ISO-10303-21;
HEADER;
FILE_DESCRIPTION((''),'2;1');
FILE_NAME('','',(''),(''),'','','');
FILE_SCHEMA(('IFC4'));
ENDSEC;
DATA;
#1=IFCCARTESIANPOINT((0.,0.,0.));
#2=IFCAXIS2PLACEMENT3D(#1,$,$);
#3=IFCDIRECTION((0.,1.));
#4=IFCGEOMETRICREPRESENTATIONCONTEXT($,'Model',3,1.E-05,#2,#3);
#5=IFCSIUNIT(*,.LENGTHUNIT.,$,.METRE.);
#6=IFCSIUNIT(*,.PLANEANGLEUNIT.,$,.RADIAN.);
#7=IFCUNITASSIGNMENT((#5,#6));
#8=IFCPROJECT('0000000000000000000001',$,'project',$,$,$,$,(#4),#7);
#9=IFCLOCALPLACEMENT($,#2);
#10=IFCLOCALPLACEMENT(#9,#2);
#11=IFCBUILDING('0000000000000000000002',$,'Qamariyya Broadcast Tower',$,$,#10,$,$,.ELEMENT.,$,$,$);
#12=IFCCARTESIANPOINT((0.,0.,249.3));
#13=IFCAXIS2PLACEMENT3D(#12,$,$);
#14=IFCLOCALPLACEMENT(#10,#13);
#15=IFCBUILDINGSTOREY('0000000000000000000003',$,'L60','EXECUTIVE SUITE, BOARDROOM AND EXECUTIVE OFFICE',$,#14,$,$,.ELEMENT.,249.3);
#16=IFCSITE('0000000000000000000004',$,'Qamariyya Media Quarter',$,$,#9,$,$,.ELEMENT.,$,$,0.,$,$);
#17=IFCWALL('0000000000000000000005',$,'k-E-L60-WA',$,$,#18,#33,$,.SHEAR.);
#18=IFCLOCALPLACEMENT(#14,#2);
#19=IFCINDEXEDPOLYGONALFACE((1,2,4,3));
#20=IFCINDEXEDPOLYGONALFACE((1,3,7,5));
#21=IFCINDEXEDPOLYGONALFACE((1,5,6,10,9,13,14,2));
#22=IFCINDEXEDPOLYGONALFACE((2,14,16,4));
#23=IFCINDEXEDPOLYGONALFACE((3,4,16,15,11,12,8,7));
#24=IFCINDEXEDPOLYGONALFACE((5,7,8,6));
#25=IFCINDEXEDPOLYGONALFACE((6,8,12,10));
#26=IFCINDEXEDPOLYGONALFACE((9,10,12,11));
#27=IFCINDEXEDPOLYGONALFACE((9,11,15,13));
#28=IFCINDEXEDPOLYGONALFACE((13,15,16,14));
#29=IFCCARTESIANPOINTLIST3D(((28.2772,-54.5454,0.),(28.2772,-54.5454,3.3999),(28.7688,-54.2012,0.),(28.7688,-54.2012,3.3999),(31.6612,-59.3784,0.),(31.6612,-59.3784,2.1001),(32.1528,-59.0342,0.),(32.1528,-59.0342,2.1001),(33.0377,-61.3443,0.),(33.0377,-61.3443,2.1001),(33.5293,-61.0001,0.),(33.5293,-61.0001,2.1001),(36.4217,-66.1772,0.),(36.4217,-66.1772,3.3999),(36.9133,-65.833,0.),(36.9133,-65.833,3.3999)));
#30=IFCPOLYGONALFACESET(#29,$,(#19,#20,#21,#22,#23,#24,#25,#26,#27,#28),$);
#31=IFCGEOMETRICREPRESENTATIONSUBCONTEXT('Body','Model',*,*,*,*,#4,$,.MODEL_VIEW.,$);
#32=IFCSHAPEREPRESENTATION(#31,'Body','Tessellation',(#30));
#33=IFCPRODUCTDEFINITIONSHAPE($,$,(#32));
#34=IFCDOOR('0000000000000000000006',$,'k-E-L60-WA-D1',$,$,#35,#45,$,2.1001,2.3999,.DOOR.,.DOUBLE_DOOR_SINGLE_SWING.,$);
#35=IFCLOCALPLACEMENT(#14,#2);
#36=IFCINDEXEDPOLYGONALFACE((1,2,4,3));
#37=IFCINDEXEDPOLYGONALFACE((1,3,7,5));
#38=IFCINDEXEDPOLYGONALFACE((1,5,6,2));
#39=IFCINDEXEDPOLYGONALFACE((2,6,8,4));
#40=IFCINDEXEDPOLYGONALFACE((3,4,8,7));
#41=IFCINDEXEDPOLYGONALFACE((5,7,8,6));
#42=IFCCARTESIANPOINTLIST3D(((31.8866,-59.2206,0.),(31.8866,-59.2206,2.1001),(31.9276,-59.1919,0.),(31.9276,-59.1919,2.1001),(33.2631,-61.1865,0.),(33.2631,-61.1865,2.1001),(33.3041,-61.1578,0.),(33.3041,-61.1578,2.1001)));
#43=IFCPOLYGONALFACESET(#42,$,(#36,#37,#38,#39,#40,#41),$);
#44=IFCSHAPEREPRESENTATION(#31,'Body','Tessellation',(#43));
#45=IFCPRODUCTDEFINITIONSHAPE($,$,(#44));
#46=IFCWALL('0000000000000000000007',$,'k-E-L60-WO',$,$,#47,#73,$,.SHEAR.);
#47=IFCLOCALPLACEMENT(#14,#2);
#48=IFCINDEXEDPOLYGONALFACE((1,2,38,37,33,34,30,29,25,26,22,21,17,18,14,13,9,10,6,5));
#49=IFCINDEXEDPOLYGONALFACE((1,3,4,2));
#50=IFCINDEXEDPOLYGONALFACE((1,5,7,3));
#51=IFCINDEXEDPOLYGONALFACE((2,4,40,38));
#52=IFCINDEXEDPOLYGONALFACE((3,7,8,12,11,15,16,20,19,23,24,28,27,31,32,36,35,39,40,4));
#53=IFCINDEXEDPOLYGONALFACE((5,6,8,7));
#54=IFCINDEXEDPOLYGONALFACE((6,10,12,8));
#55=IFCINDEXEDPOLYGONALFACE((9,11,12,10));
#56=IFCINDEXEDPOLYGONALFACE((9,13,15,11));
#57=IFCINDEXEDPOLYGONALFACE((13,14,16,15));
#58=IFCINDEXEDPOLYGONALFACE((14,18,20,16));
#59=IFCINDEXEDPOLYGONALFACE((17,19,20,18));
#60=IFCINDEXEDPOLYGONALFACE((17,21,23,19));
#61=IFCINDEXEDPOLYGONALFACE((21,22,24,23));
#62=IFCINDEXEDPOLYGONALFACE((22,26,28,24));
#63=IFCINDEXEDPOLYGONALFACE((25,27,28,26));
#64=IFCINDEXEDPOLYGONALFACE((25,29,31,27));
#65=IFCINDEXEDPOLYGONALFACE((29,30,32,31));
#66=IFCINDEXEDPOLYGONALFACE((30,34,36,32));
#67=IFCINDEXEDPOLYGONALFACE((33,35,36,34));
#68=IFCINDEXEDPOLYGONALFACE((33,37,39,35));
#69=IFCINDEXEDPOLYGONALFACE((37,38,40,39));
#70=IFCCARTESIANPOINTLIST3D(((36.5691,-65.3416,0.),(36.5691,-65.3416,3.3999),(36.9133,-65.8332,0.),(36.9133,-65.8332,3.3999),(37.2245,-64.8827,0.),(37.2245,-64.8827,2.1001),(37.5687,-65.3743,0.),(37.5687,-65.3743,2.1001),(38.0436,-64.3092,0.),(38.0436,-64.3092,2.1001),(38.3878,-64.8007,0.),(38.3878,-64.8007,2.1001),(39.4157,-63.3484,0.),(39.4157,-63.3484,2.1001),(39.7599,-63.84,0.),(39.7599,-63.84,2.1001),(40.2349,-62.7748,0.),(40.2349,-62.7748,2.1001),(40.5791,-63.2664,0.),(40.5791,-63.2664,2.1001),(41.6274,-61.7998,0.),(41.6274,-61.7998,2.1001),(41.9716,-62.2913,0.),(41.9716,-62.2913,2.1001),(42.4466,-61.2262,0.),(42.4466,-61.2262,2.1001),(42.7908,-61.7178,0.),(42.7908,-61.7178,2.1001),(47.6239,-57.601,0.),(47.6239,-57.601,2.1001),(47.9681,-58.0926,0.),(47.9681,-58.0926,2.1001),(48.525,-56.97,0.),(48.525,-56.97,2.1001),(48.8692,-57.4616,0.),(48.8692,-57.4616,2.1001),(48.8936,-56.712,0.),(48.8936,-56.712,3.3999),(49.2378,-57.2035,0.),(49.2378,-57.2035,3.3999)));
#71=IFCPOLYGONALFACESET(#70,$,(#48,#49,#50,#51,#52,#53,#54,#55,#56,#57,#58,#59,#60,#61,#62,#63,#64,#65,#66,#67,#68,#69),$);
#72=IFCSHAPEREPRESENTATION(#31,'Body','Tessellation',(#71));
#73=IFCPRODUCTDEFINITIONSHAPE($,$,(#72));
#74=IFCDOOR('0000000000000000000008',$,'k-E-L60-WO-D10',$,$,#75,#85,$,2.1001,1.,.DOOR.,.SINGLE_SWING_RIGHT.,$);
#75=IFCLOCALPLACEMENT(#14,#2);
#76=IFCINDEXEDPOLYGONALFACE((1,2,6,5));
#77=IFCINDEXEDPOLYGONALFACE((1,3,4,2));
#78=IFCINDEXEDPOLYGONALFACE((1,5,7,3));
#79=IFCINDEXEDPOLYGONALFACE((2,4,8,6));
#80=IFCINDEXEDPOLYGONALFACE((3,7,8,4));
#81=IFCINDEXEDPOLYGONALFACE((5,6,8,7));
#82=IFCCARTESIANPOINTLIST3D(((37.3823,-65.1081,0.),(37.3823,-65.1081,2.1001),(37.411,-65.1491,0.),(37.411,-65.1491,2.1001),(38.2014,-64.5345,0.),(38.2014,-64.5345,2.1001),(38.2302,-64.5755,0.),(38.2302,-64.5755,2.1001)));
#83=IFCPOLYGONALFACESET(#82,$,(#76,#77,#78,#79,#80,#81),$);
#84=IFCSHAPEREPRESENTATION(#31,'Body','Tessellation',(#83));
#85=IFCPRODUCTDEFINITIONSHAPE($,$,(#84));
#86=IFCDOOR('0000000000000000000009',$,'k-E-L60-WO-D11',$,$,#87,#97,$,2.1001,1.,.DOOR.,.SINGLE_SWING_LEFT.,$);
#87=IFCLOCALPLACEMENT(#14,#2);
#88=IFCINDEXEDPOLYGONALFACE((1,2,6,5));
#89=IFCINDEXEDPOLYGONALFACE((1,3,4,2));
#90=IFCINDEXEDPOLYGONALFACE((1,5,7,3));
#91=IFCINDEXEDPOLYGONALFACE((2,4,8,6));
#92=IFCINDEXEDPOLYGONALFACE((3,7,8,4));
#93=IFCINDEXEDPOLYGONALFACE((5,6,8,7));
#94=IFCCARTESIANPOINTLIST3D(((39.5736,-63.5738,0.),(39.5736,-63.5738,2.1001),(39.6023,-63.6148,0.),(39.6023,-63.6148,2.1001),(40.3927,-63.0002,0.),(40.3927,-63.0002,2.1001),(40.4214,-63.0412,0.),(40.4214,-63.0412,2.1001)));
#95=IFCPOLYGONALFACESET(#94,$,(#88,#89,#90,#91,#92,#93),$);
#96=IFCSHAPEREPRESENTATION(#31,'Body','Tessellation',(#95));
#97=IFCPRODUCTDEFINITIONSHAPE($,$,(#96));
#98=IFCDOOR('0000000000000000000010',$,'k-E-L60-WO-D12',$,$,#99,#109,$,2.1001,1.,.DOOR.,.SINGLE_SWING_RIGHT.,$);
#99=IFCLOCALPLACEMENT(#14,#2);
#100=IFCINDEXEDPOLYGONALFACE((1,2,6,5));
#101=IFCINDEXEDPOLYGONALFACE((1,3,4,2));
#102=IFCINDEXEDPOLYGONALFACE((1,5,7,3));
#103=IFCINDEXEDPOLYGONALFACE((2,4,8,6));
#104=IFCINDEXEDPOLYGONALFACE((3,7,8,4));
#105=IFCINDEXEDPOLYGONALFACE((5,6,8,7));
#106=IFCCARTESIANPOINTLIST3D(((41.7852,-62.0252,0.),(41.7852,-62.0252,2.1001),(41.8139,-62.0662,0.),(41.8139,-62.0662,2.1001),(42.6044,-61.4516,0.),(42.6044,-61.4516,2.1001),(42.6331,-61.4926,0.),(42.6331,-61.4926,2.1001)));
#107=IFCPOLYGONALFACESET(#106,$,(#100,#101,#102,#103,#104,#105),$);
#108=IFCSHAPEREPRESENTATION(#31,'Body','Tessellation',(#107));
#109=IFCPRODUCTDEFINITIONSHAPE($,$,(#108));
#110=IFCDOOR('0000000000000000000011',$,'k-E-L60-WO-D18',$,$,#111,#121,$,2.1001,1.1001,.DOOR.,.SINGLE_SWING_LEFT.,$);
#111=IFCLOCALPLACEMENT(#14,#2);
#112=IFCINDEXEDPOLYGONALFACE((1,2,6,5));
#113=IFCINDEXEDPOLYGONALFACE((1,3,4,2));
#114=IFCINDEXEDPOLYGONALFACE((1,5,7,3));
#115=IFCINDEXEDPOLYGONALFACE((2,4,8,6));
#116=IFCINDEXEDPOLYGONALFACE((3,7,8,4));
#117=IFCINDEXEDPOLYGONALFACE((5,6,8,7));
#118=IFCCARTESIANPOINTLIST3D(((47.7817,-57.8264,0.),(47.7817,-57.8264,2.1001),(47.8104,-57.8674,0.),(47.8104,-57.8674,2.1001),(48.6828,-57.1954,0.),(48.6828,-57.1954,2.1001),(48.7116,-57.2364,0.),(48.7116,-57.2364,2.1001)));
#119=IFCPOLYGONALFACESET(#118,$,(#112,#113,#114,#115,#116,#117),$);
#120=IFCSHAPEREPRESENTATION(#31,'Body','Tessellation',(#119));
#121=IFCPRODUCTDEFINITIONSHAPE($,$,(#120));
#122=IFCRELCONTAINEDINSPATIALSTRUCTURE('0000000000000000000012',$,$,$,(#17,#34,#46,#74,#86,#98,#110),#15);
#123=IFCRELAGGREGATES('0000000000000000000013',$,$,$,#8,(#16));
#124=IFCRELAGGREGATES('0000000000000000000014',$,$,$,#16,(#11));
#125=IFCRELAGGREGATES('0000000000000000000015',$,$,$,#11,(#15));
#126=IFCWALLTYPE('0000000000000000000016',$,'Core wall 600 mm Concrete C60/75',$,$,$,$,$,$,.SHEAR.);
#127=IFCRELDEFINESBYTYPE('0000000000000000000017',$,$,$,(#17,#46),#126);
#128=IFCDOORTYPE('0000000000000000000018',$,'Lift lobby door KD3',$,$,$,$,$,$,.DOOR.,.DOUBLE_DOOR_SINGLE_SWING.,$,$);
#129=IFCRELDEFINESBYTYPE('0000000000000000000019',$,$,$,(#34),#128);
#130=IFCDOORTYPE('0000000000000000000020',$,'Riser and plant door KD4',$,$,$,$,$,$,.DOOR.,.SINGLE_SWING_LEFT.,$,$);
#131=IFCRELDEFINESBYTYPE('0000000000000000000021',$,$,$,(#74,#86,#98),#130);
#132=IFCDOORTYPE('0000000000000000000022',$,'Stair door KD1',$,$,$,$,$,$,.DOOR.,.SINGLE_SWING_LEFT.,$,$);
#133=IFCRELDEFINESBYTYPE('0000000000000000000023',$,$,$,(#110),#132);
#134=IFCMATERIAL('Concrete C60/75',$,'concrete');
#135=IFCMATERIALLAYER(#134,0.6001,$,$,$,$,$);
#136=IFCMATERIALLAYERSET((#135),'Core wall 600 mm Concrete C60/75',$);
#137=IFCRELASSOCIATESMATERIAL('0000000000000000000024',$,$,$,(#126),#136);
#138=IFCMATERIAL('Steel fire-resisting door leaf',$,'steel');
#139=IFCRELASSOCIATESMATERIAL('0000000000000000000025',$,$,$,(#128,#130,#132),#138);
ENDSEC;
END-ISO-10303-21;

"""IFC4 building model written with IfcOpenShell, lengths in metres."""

from ifc_helpers import new_model, si_unit, direction, frame, frame_2d, origin, place, context, subcontext, project, spatial, rectangle, extrude, material, layer, layer_set, type_object, element, fill, save


model = new_model("IFC4")

# Units and contexts
model_context = context("Model", 3, precision=1e-05, world=origin(), true_north=direction((0.0, 1.0)))
body_context = subcontext(model_context, "Body", "Model", "MODEL_VIEW")
ifc_project = project(units=[si_unit("LENGTHUNIT", "METRE"), si_unit("PLANEANGLEUNIT", "RADIAN")], contexts=[model_context])

# Site, building, storey
site_placement = place(None, origin())
site = spatial("IfcSite", under=ifc_project, at=site_placement, Name="Qamariyya Media Quarter", CompositionType="ELEMENT", RefElevation=0.0)
building_placement = place(site_placement, origin())
building = spatial("IfcBuilding", under=site, at=building_placement, Name="Qamariyya Broadcast Tower", CompositionType="ELEMENT")
storey_placement = place(building_placement, frame((0.0, 0.0, 249.3)))
storey = spatial("IfcBuildingStorey", under=building, at=storey_placement, Name="L60", Description="EXECUTIVE SUITE, BOARDROOM AND EXECUTIVE OFFICE", CompositionType="ELEMENT", Elevation=249.3)

# Wall, opening, door
ifc_material_1 = material(Name="Concrete C60/75", Category="concrete")
ifc_layer_1 = layer(ifc_material_1, 0.6001)
ifc_layer_set_1 = layer_set([ifc_layer_1], Name="Core wall 600 mm Concrete C60/75")
wall_type_1 = type_object("IfcWallType", Name="Core wall 600 mm Concrete C60/75", PredefinedType="SHEAR", material=ifc_layer_set_1)
wall_1_placement = place(storey_placement, frame((36.6675, -66.0051, 0.0), z_axis=(0.0, 0.0, 1.0), x_axis=(-0.573568, 0.819158, 0.0)))
wall_1 = element("IfcWall", 1, at=wall_1_placement, inside=storey, type_object=wall_type_1, Name="k-E-L60-WA", PredefinedType="SHEAR", context=body_context, shape_type="SweptSolid", body=[
    extrude(rectangle(XDim=14.1997, YDim=0.6001, at=frame_2d((7.0999, 0.0))), origin(), (0.0, 0.0, 1.0), 3.3999),
])
opening_1_placement = place(wall_1_placement, frame((5.8999, 0.0, 0.0)))
opening_1 = element("IfcOpeningElement", 2, at=opening_1_placement, cuts=wall_1, PredefinedType="OPENING", context=body_context, shape_type="SweptSolid", body=[
    extrude(rectangle(XDim=2.3999, YDim=2.1001, at=frame_2d((1.2, 1.05))), frame((0.0, 0.3101, 0.0), z_axis=(0.0, -1.0, 0.0), x_axis=(1.0, 0.0, 0.0)), (0.0, 0.0, 1.0), 0.6201),
])
ifc_material_2 = material(Name="Steel fire-resisting door leaf", Category="steel")
door_type_1 = type_object("IfcDoorType", Name="Lift lobby door KD3", OperationType="DOUBLE_DOOR_SINGLE_SWING", PredefinedType="DOOR", material=ifc_material_2)
door_1_placement = place(opening_1_placement, origin())
door_1 = element("IfcDoor", 3, at=door_1_placement, inside=storey, type_object=door_type_1, Name="k-E-L60-WA-D1", OperationType="DOUBLE_DOOR_SINGLE_SWING", OverallHeight=2.1001, OverallWidth=2.3999, PredefinedType="DOOR", context=body_context, shape_type="SweptSolid", body=[
    extrude(rectangle(XDim=2.3999, YDim=2.1001, at=frame_2d((1.2, 1.05))), frame((0.0, 0.0249, 0.0), z_axis=(0.0, -1.0, 0.0), x_axis=(1.0, 0.0, 0.0)), (0.0, 0.0, 1.0), 0.05),
])
fill(opening_1, door_1)

# Wall, openings, doors
wall_2_placement = place(storey_placement, frame((36.7412, -65.5874, 0.0), z_axis=(0.0, 0.0, 1.0), x_axis=(0.819153, 0.573575, 0.0)))
wall_2 = element("IfcWall", 4, at=wall_2_placement, inside=storey, type_object=wall_type_1, Name="k-E-L60-WO", PredefinedType="SHEAR", context=body_context, shape_type="SweptSolid", body=[
    extrude(rectangle(XDim=15.0454, YDim=0.6001, at=frame_2d((7.5227, 0.0))), origin(), (0.0, 0.0, 1.0), 3.3999),
])
opening_2_placement = place(wall_2_placement, frame((0.8, 0.0, 0.0)))
opening_2 = element("IfcOpeningElement", 5, at=opening_2_placement, cuts=wall_2, PredefinedType="OPENING", context=body_context, shape_type="SweptSolid", body=[
    extrude(rectangle(XDim=1.0, YDim=2.1001, at=frame_2d((0.5, 1.05))), frame((0.0, 0.3101, 0.0), z_axis=(0.0, -1.0, 0.0), x_axis=(1.0, 0.0, 0.0)), (0.0, 0.0, 1.0), 0.6201),
])
opening_3_placement = place(wall_2_placement, frame((3.4751, 0.0, 0.0)))
opening_3 = element("IfcOpeningElement", 6, at=opening_3_placement, cuts=wall_2, PredefinedType="OPENING", context=body_context, shape_type="SweptSolid", body=[
    extrude(rectangle(XDim=1.0, YDim=2.1001, at=frame_2d((0.5, 1.05))), frame((0.0, 0.3101, 0.0), z_axis=(0.0, -1.0, 0.0), x_axis=(1.0, 0.0, 0.0)), (0.0, 0.0, 1.0), 0.6201),
])
opening_4_placement = place(wall_2_placement, frame((6.175, 0.0, 0.0)))
opening_4 = element("IfcOpeningElement", 7, at=opening_4_placement, cuts=wall_2, PredefinedType="OPENING", context=body_context, shape_type="SweptSolid", body=[
    extrude(rectangle(XDim=1.0, YDim=2.1001, at=frame_2d((0.5, 1.05))), frame((0.0, 0.3101, 0.0), z_axis=(0.0, -1.0, 0.0), x_axis=(1.0, 0.0, 0.0)), (0.0, 0.0, 1.0), 0.6201),
])
opening_5_placement = place(wall_2_placement, frame((13.4954, 0.0, 0.0)))
opening_5 = element("IfcOpeningElement", 8, at=opening_5_placement, cuts=wall_2, PredefinedType="OPENING", context=body_context, shape_type="SweptSolid", body=[
    extrude(rectangle(XDim=1.1001, YDim=2.1001, at=frame_2d((0.55, 1.05))), frame((0.0, 0.3101, 0.0), z_axis=(0.0, -1.0, 0.0), x_axis=(1.0, 0.0, 0.0)), (0.0, 0.0, 1.0), 0.6201),
])
door_type_2 = type_object("IfcDoorType", Name="Riser and plant door KD4", OperationType="SINGLE_SWING_LEFT", PredefinedType="DOOR", material=ifc_material_2)
door_2_placement = place(opening_2_placement, origin())
door_2 = element("IfcDoor", 9, at=door_2_placement, inside=storey, type_object=door_type_2, Name="k-E-L60-WO-D10", OperationType="SINGLE_SWING_RIGHT", OverallHeight=2.1001, OverallWidth=1.0, PredefinedType="DOOR", context=body_context, shape_type="SweptSolid", body=[
    extrude(rectangle(XDim=1.0, YDim=2.1001, at=frame_2d((0.5, 1.05))), frame((0.0, 0.0249, 0.0), z_axis=(0.0, -1.0, 0.0), x_axis=(1.0, 0.0, 0.0)), (0.0, 0.0, 1.0), 0.05),
])
fill(opening_2, door_2)
door_3_placement = place(opening_3_placement, origin())
door_3 = element("IfcDoor", 10, at=door_3_placement, inside=storey, type_object=door_type_2, Name="k-E-L60-WO-D11", OperationType="SINGLE_SWING_LEFT", OverallHeight=2.1001, OverallWidth=1.0, PredefinedType="DOOR", context=body_context, shape_type="SweptSolid", body=[
    extrude(rectangle(XDim=1.0, YDim=2.1001, at=frame_2d((0.5, 1.05))), frame((0.0, 0.0249, 0.0), z_axis=(0.0, -1.0, 0.0), x_axis=(1.0, 0.0, 0.0)), (0.0, 0.0, 1.0), 0.05),
])
fill(opening_3, door_3)
door_4_placement = place(opening_4_placement, origin())
door_4 = element("IfcDoor", 11, at=door_4_placement, inside=storey, type_object=door_type_2, Name="k-E-L60-WO-D12", OperationType="SINGLE_SWING_RIGHT", OverallHeight=2.1001, OverallWidth=1.0, PredefinedType="DOOR", context=body_context, shape_type="SweptSolid", body=[
    extrude(rectangle(XDim=1.0, YDim=2.1001, at=frame_2d((0.5, 1.05))), frame((0.0, 0.0249, 0.0), z_axis=(0.0, -1.0, 0.0), x_axis=(1.0, 0.0, 0.0)), (0.0, 0.0, 1.0), 0.05),
])
fill(opening_4, door_4)
door_type_3 = type_object("IfcDoorType", Name="Stair door KD1", OperationType="SINGLE_SWING_LEFT", PredefinedType="DOOR", material=ifc_material_2)
door_5_placement = place(opening_5_placement, origin())
door_5 = element("IfcDoor", 12, at=door_5_placement, inside=storey, type_object=door_type_3, Name="k-E-L60-WO-D18", OperationType="SINGLE_SWING_LEFT", OverallHeight=2.1001, OverallWidth=1.1001, PredefinedType="DOOR", context=body_context, shape_type="SweptSolid", body=[
    extrude(rectangle(XDim=1.1001, YDim=2.1001, at=frame_2d((0.55, 1.05))), frame((0.0, 0.0249, 0.0), z_axis=(0.0, -1.0, 0.0), x_axis=(1.0, 0.0, 0.0)), (0.0, 0.0, 1.0), 0.05),
])
fill(opening_5, door_5)

save(model, "model.ifc")
